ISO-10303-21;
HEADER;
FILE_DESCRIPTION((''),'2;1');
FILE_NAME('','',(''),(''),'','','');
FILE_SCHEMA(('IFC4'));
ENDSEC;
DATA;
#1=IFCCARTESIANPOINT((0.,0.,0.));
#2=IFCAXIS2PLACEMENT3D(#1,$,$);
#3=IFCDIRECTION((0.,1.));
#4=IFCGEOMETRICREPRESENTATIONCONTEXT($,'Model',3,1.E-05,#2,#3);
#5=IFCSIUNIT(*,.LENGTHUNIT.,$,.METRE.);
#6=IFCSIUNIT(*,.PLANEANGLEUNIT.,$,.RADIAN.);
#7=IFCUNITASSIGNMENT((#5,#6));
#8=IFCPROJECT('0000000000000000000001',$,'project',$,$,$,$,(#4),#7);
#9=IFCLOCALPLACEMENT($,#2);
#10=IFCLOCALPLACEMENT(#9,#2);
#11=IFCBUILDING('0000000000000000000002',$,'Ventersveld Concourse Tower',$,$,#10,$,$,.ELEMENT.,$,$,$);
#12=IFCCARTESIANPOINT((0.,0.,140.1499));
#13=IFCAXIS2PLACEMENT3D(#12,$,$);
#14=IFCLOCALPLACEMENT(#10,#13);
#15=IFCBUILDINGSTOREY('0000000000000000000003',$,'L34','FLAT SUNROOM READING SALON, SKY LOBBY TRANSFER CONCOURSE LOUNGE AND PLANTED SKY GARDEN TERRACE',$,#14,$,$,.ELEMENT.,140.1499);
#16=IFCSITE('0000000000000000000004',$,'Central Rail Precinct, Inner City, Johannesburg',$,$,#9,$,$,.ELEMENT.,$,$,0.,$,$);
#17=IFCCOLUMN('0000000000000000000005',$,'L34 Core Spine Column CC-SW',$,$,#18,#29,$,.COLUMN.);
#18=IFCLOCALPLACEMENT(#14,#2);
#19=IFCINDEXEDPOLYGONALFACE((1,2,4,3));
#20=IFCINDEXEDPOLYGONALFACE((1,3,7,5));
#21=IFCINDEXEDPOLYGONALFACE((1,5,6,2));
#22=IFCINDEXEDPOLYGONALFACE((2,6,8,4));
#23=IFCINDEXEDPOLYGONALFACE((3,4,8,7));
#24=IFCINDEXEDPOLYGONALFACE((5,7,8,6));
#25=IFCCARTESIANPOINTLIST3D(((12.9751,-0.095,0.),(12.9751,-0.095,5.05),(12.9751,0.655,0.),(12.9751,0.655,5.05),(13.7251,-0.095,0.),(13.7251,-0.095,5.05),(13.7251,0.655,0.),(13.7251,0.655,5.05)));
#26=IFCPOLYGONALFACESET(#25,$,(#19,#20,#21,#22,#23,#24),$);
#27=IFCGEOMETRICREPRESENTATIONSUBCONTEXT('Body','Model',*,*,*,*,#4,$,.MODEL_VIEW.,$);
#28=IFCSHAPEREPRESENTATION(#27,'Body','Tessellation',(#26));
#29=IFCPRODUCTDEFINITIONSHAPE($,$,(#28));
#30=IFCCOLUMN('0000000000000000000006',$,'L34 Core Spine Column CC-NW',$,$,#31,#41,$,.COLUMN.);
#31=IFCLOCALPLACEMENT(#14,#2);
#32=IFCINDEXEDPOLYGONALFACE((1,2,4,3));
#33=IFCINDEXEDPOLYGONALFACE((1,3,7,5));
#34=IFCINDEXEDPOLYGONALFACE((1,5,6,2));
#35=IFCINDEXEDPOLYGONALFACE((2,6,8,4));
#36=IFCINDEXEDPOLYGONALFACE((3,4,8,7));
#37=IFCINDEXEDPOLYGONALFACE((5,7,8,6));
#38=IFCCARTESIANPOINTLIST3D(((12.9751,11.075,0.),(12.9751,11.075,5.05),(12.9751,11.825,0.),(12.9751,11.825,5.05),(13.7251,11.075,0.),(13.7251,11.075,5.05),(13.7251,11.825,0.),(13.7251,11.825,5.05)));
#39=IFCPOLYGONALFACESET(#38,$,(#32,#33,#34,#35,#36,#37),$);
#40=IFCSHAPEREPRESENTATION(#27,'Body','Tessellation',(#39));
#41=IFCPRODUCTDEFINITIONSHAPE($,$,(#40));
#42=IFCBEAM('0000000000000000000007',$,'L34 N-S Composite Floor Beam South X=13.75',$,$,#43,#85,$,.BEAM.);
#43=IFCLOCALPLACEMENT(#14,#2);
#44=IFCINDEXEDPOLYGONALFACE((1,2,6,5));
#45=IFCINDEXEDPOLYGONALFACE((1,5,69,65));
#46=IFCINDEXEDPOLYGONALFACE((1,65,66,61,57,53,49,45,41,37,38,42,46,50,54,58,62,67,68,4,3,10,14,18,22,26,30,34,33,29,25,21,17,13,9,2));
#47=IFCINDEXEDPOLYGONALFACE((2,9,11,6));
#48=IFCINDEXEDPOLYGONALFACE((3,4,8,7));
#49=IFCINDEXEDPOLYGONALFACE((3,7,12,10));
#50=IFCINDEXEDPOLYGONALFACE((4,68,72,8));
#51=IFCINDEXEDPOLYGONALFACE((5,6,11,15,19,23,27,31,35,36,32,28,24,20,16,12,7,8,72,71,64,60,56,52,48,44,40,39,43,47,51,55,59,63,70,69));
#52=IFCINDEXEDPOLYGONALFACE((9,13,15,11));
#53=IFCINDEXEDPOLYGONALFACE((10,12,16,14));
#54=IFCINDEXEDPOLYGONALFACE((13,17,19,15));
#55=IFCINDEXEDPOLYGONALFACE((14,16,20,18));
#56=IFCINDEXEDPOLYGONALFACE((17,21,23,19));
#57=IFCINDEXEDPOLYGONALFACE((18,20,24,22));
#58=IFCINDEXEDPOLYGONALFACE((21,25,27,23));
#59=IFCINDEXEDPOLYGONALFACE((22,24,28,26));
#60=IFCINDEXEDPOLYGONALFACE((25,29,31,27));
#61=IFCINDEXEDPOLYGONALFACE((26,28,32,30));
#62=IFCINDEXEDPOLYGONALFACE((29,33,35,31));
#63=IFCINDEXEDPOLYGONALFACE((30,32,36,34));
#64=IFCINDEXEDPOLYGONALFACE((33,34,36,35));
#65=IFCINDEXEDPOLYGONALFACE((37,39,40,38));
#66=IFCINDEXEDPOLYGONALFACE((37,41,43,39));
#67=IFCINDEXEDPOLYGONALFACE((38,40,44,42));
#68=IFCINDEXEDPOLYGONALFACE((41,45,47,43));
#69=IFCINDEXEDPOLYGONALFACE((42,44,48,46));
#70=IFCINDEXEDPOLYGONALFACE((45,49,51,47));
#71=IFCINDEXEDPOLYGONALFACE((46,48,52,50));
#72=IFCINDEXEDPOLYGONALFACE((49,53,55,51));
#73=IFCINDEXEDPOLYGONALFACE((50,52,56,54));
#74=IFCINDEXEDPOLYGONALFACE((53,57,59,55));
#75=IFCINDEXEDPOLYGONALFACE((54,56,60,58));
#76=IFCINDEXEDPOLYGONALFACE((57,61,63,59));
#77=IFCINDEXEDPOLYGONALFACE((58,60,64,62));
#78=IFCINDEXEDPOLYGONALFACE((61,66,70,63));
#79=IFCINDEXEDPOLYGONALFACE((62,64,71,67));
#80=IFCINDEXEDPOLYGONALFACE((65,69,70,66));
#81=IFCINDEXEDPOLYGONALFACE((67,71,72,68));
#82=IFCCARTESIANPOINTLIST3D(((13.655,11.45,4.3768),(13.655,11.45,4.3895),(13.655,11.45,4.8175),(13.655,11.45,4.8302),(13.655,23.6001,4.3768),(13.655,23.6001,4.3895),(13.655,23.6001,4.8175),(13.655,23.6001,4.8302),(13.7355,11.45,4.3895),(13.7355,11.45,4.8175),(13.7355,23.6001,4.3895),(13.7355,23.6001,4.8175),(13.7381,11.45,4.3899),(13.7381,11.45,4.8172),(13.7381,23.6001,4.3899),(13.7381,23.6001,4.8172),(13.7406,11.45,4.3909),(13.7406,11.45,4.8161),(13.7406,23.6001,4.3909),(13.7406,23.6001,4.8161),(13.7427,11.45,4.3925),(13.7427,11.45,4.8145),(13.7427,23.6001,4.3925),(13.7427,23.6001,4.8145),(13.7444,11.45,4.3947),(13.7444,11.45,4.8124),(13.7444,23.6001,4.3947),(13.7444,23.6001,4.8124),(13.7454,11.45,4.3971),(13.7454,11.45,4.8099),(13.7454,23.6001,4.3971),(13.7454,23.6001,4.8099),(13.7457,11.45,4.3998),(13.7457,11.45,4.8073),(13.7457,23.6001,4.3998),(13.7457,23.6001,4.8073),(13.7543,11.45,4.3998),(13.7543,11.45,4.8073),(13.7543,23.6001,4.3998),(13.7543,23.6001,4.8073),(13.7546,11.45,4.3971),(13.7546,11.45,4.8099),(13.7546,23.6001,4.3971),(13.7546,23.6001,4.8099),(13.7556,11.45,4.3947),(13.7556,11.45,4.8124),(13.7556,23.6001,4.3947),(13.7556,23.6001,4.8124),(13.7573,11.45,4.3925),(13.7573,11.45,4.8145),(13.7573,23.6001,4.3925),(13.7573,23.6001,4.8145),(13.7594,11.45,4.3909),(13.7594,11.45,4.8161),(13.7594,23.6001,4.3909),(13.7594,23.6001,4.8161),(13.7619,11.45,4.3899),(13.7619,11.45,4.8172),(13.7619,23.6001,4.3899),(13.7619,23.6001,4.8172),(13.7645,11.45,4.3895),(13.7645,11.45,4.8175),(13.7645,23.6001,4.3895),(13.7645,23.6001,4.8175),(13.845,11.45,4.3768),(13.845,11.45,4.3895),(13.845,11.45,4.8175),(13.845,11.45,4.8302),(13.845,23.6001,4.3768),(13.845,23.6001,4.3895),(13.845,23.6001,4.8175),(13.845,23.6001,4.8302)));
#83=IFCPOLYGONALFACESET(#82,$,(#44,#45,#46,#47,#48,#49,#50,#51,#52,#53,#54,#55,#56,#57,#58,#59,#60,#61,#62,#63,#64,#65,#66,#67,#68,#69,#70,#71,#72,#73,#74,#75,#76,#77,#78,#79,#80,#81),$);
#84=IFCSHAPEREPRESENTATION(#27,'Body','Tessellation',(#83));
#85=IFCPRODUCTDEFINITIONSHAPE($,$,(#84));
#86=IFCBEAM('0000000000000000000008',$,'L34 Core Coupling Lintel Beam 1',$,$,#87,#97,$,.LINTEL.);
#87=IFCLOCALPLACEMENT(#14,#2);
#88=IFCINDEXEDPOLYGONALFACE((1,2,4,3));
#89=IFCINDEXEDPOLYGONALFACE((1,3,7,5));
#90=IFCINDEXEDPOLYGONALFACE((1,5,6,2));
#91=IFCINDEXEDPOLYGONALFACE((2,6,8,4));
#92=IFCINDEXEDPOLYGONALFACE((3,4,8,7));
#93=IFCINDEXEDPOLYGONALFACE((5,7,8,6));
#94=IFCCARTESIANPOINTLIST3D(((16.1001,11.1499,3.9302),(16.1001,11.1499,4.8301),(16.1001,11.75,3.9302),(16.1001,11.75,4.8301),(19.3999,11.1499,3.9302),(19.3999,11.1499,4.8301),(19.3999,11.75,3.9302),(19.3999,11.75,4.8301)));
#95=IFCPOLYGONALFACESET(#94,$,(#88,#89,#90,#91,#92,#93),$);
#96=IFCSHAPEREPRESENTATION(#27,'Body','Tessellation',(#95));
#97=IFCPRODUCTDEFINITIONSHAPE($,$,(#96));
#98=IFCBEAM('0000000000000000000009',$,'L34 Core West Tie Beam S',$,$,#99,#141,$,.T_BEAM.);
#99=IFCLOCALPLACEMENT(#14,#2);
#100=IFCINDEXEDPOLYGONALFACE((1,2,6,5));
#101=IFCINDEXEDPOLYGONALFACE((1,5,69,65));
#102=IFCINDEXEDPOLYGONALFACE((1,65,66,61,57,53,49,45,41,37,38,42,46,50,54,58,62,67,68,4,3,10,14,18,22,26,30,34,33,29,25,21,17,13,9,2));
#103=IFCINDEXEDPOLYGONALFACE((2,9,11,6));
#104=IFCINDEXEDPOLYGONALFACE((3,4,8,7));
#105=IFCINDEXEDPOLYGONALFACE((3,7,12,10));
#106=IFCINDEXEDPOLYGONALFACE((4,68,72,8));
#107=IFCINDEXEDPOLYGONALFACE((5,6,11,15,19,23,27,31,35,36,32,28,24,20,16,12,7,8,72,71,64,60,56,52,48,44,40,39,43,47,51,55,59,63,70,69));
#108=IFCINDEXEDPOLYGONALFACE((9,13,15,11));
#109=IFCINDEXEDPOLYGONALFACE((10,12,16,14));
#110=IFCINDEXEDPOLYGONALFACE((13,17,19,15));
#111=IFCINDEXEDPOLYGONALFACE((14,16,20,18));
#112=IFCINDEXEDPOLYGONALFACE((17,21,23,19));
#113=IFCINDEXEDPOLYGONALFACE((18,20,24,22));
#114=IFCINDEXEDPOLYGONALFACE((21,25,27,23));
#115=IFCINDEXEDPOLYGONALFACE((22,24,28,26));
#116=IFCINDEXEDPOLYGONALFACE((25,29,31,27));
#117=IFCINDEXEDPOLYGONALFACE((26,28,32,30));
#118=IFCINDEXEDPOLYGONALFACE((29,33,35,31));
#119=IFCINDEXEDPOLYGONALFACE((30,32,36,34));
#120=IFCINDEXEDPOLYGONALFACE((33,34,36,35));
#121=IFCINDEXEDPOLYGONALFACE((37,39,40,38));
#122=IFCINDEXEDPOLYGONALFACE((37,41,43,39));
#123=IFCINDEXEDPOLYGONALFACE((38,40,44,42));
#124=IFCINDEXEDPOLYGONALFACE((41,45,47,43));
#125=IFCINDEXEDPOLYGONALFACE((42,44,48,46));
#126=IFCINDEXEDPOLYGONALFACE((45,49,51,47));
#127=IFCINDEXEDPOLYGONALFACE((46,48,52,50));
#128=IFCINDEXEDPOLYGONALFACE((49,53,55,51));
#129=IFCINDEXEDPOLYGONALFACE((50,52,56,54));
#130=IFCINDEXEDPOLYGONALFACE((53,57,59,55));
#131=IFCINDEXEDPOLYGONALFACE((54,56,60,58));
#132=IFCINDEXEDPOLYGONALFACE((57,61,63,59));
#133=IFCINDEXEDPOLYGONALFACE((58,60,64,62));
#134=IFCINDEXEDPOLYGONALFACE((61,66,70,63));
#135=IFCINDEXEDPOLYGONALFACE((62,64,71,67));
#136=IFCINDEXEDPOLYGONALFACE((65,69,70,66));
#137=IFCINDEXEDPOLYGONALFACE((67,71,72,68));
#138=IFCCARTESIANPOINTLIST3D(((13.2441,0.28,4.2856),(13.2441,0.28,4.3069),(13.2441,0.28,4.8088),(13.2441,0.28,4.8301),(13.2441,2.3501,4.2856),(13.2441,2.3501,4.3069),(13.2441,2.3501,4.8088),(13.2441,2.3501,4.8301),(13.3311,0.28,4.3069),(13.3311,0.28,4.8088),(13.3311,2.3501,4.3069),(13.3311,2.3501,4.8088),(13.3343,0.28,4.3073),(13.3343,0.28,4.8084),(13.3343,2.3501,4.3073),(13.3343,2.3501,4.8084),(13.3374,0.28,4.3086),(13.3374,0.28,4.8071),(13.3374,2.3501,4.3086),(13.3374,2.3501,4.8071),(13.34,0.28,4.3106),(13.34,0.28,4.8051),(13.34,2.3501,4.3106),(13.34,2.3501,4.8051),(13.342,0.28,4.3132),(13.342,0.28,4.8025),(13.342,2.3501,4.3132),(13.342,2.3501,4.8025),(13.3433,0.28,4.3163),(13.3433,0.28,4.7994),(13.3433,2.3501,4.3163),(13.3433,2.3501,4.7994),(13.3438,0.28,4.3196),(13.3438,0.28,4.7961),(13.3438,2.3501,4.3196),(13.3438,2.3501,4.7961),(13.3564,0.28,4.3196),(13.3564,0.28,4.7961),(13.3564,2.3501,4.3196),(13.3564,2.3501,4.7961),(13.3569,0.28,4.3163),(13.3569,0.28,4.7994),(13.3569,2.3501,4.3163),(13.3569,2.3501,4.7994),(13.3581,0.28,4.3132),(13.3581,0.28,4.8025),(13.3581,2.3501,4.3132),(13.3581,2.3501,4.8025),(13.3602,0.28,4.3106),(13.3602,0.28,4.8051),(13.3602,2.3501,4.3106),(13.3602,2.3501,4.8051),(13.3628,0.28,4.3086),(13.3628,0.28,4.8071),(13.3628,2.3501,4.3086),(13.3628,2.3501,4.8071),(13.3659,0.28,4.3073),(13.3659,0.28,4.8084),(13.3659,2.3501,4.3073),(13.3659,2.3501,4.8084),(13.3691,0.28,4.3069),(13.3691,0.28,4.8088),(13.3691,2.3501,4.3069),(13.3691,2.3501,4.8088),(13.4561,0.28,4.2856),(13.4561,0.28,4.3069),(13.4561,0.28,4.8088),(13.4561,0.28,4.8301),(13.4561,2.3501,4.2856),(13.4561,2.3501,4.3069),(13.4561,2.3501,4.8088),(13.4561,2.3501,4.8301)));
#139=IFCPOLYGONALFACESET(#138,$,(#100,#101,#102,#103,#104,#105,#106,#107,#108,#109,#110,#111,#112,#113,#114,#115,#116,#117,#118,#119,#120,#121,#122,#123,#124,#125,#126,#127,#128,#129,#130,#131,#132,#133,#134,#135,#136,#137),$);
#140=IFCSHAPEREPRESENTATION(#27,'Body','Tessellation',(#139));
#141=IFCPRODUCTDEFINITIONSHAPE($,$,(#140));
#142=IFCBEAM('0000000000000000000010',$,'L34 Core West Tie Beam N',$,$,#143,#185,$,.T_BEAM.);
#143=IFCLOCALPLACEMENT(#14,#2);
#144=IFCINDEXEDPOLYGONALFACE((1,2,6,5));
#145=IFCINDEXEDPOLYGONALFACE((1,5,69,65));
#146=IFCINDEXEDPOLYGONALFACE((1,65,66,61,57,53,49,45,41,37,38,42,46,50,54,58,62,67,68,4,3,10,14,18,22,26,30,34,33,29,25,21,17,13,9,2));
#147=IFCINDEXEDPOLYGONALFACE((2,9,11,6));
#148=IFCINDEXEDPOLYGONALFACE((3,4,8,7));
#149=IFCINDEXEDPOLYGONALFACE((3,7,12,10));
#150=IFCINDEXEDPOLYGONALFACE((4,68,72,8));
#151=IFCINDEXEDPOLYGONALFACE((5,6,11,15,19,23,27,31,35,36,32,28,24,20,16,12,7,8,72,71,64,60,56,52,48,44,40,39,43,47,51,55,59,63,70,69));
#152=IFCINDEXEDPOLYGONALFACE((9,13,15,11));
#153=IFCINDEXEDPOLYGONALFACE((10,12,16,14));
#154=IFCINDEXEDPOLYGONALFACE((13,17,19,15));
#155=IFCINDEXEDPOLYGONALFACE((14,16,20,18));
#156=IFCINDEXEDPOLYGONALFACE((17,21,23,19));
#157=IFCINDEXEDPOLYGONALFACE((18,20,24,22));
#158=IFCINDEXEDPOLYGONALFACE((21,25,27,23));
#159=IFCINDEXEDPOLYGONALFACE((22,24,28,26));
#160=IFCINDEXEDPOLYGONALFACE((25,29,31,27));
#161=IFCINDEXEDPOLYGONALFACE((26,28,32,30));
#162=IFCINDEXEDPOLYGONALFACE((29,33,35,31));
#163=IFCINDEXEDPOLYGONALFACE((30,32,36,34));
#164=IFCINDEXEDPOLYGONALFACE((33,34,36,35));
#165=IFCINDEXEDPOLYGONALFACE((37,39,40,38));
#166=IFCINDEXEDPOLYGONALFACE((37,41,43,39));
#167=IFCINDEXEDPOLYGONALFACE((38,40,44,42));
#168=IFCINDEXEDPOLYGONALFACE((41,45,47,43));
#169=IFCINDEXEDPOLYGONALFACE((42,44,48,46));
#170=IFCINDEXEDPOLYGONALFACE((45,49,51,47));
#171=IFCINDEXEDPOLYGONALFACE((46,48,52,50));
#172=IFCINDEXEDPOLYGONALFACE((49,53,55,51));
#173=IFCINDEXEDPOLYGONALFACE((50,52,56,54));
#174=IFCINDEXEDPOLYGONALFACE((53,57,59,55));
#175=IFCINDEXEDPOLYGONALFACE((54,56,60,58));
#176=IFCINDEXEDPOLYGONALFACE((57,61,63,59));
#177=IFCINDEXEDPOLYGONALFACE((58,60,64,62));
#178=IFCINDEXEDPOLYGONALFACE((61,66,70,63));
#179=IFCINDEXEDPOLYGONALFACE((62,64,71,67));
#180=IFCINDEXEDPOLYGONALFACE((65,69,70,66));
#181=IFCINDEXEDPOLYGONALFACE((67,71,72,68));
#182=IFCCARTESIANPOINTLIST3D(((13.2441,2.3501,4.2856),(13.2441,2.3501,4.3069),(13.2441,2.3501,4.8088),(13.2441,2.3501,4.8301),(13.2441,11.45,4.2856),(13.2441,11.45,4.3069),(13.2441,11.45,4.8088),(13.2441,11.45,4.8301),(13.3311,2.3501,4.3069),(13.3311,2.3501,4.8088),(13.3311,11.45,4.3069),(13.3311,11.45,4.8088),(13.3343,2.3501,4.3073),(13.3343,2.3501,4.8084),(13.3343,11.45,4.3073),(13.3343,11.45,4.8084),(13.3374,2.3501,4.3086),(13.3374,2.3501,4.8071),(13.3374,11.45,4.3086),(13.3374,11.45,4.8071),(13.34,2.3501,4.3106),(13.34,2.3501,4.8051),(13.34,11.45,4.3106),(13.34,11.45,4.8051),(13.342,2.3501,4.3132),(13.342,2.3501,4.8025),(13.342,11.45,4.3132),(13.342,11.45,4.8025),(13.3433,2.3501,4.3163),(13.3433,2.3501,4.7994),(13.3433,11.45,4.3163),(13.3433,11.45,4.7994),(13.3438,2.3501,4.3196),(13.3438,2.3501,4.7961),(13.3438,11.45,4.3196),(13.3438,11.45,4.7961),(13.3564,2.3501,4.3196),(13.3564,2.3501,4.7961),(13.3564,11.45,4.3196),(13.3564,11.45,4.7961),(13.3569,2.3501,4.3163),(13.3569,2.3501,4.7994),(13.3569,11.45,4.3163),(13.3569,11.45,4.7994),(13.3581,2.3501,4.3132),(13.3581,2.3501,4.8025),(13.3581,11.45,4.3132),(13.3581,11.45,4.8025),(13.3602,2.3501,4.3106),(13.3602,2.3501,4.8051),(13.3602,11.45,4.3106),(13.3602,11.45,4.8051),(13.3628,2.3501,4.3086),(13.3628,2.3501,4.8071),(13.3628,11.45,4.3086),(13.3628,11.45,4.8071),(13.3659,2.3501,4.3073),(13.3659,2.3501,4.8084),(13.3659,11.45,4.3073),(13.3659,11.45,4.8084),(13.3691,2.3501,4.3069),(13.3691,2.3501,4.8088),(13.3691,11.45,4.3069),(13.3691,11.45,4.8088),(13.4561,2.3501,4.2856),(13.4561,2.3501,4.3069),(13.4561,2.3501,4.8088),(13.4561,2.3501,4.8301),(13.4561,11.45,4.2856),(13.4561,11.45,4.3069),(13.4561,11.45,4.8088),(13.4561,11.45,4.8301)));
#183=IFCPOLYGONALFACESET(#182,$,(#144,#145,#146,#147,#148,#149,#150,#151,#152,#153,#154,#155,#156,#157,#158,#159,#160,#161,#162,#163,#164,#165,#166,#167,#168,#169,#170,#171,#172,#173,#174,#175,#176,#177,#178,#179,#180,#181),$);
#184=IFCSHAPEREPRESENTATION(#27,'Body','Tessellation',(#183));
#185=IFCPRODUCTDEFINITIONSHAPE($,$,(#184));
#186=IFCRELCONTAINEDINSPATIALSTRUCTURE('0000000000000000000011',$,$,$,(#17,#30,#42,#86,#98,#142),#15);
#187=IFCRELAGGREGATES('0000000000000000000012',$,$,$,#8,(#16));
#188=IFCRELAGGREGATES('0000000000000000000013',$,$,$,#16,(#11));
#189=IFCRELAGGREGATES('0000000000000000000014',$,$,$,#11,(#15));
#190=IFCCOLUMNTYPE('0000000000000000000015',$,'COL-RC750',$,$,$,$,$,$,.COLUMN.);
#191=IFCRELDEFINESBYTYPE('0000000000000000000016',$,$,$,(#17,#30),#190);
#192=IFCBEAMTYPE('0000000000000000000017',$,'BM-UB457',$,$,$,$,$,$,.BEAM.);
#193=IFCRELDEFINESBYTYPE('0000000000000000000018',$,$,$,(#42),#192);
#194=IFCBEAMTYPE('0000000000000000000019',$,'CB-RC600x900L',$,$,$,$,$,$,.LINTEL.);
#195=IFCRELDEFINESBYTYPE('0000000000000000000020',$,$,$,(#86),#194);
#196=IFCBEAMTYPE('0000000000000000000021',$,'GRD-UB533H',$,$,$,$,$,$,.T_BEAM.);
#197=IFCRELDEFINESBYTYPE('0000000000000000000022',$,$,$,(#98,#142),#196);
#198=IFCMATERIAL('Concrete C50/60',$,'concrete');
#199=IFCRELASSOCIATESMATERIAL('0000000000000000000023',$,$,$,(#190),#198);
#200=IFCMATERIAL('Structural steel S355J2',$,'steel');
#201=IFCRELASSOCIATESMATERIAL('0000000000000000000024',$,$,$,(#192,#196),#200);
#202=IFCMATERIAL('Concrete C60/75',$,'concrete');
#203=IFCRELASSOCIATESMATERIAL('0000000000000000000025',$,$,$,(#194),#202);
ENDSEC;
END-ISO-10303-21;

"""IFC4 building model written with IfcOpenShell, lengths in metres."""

from ifc_helpers import new_model, si_unit, direction, frame, origin, origin_2d, place, context, subcontext, project, spatial, rectangle, i_section, extrude, material, material_profile, profile_set, type_object, element, save


model = new_model("IFC4")

# Units and contexts
model_context = context("Model", 3, precision=1e-05, world=origin(), true_north=direction((0.0, 1.0)))
body_context = subcontext(model_context, "Body", "Model", "MODEL_VIEW")
ifc_project = project(units=[si_unit("LENGTHUNIT", "METRE"), si_unit("PLANEANGLEUNIT", "RADIAN")], contexts=[model_context])

# Site, building, storey
site_placement = place(None, origin())
site = spatial("IfcSite", under=ifc_project, at=site_placement, Name="Central Rail Precinct, Inner City, Johannesburg", CompositionType="ELEMENT", RefElevation=0.0)
building_placement = place(site_placement, origin())
building = spatial("IfcBuilding", under=site, at=building_placement, Name="Ventersveld Concourse Tower", CompositionType="ELEMENT")
storey_placement = place(building_placement, frame((0.0, 0.0, 140.1499)))
storey = spatial("IfcBuildingStorey", under=building, at=storey_placement, Name="L34", Description="FLAT SUNROOM READING SALON, SKY LOBBY TRANSFER CONCOURSE LOUNGE AND PLANTED SKY GARDEN TERRACE", CompositionType="ELEMENT", Elevation=140.1499)

# Columns
ifc_material_1 = material(Name="Concrete C50/60", Category="concrete")
ifc_material_profile_1 = material_profile(ifc_material_1, rectangle(XDim=0.75, YDim=0.75, at=origin_2d()), Name="RC 750x750")
ifc_profile_set_1 = profile_set([ifc_material_profile_1], Name="Concrete C50/60")
column_type = type_object("IfcColumnType", Name="COL-RC750", PredefinedType="COLUMN", material=ifc_profile_set_1)
for number, where, z_axis, x_axis, name in (
    (1, (13.3501, 0.28, 0.0), (0.0, 0.0, 1.0), (1.0, 0.0, 0.0), "L34 Core Spine Column CC-SW"),
    (2, (13.3501, 11.45, 0.0), (0.0, 0.0, 1.0), (1.0, 0.0, 0.0), "L34 Core Spine Column CC-NW"),
):
    element("IfcColumn", number, at=place(storey_placement, frame(where, z_axis=z_axis, x_axis=x_axis)), inside=storey, type_object=column_type, Name=name, PredefinedType="COLUMN", context=body_context, shape_type="SweptSolid", body=[
        extrude(rectangle(XDim=0.75, YDim=0.75, at=origin_2d()), origin(), (0.0, 0.0, 1.0), 5.05),
    ])

# Beams
ifc_material_2 = material(Name="Structural steel S355J2", Category="steel")
ifc_material_profile_2 = material_profile(ifc_material_2, i_section(OverallWidth=0.1899, OverallDepth=0.4534, WebThickness=0.0085, FlangeThickness=0.0127, FilletRadius=0.0103, at=origin_2d()), Name="UB 457x191x67")
ifc_profile_set_2 = profile_set([ifc_material_profile_2], Name="Structural steel S355J2")
beam_type_1 = type_object("IfcBeamType", Name="BM-UB457", PredefinedType="BEAM", material=ifc_profile_set_2)
beam_1_placement = place(storey_placement, frame((13.75, 11.45, 4.6035), z_axis=(0.0, 1.0, 0.0), x_axis=(-1.0, 0.0, 0.0)))
element("IfcBeam", 3, at=beam_1_placement, inside=storey, type_object=beam_type_1, Name="L34 N-S Composite Floor Beam South X=13.75", PredefinedType="BEAM", context=body_context, shape_type="SweptSolid", body=[
    extrude(i_section(OverallWidth=0.1899, OverallDepth=0.4534, WebThickness=0.0085, FlangeThickness=0.0127, FilletRadius=0.0103, at=origin_2d()), origin(), (0.0, 0.0, 1.0), 12.1501),
])
ifc_material_3 = material(Name="Concrete C60/75", Category="concrete")
ifc_material_profile_3 = material_profile(ifc_material_3, rectangle(XDim=0.6001, YDim=0.8999, at=origin_2d()), Name="RC 600x900")
ifc_profile_set_3 = profile_set([ifc_material_profile_3], Name="Concrete C60/75")
beam_type_2 = type_object("IfcBeamType", Name="CB-RC600x900L", PredefinedType="LINTEL", material=ifc_profile_set_3)
beam_2_placement = place(storey_placement, frame((16.1001, 11.45, 4.3801), z_axis=(1.0, 0.0, 0.0), x_axis=(0.0, 1.0, 0.0)))
element("IfcBeam", 4, at=beam_2_placement, inside=storey, type_object=beam_type_2, Name="L34 Core Coupling Lintel Beam 1", PredefinedType="LINTEL", context=body_context, shape_type="SweptSolid", body=[
    extrude(rectangle(XDim=0.6001, YDim=0.8999, at=origin_2d()), origin(), (0.0, 0.0, 1.0), 3.2998),
])
ifc_material_profile_4 = material_profile(ifc_material_2, i_section(OverallWidth=0.2119, OverallDepth=0.5444, WebThickness=0.0127, FlangeThickness=0.0212, FilletRadius=0.0127, at=origin_2d()), Name="UB 533x210x122")
ifc_profile_set_4 = profile_set([ifc_material_profile_4], Name="Structural steel S355J2")
beam_type_3 = type_object("IfcBeamType", Name="GRD-UB533H", PredefinedType="T_BEAM", material=ifc_profile_set_4)
beam_3_placement = place(storey_placement, frame((13.3501, 0.28, 4.5579), z_axis=(0.0, 1.0, 0.0), x_axis=(-1.0, 0.0, 0.0)))
element("IfcBeam", 5, at=beam_3_placement, inside=storey, type_object=beam_type_3, Name="L34 Core West Tie Beam S", PredefinedType="T_BEAM", context=body_context, shape_type="SweptSolid", body=[
    extrude(i_section(OverallWidth=0.2119, OverallDepth=0.5444, WebThickness=0.0127, FlangeThickness=0.0212, FilletRadius=0.0127, at=origin_2d()), origin(), (0.0, 0.0, 1.0), 2.0701),
])
beam_4_placement = place(storey_placement, frame((13.3501, 2.3501, 4.5579), z_axis=(0.0, 1.0, 0.0), x_axis=(-1.0, 0.0, 0.0)))
element("IfcBeam", 6, at=beam_4_placement, inside=storey, type_object=beam_type_3, Name="L34 Core West Tie Beam N", PredefinedType="T_BEAM", context=body_context, shape_type="SweptSolid", body=[
    extrude(i_section(OverallWidth=0.2119, OverallDepth=0.5444, WebThickness=0.0127, FlangeThickness=0.0212, FilletRadius=0.0127, at=origin_2d()), origin(), (0.0, 0.0, 1.0), 9.0999),
])

save(model, "model.ifc")
